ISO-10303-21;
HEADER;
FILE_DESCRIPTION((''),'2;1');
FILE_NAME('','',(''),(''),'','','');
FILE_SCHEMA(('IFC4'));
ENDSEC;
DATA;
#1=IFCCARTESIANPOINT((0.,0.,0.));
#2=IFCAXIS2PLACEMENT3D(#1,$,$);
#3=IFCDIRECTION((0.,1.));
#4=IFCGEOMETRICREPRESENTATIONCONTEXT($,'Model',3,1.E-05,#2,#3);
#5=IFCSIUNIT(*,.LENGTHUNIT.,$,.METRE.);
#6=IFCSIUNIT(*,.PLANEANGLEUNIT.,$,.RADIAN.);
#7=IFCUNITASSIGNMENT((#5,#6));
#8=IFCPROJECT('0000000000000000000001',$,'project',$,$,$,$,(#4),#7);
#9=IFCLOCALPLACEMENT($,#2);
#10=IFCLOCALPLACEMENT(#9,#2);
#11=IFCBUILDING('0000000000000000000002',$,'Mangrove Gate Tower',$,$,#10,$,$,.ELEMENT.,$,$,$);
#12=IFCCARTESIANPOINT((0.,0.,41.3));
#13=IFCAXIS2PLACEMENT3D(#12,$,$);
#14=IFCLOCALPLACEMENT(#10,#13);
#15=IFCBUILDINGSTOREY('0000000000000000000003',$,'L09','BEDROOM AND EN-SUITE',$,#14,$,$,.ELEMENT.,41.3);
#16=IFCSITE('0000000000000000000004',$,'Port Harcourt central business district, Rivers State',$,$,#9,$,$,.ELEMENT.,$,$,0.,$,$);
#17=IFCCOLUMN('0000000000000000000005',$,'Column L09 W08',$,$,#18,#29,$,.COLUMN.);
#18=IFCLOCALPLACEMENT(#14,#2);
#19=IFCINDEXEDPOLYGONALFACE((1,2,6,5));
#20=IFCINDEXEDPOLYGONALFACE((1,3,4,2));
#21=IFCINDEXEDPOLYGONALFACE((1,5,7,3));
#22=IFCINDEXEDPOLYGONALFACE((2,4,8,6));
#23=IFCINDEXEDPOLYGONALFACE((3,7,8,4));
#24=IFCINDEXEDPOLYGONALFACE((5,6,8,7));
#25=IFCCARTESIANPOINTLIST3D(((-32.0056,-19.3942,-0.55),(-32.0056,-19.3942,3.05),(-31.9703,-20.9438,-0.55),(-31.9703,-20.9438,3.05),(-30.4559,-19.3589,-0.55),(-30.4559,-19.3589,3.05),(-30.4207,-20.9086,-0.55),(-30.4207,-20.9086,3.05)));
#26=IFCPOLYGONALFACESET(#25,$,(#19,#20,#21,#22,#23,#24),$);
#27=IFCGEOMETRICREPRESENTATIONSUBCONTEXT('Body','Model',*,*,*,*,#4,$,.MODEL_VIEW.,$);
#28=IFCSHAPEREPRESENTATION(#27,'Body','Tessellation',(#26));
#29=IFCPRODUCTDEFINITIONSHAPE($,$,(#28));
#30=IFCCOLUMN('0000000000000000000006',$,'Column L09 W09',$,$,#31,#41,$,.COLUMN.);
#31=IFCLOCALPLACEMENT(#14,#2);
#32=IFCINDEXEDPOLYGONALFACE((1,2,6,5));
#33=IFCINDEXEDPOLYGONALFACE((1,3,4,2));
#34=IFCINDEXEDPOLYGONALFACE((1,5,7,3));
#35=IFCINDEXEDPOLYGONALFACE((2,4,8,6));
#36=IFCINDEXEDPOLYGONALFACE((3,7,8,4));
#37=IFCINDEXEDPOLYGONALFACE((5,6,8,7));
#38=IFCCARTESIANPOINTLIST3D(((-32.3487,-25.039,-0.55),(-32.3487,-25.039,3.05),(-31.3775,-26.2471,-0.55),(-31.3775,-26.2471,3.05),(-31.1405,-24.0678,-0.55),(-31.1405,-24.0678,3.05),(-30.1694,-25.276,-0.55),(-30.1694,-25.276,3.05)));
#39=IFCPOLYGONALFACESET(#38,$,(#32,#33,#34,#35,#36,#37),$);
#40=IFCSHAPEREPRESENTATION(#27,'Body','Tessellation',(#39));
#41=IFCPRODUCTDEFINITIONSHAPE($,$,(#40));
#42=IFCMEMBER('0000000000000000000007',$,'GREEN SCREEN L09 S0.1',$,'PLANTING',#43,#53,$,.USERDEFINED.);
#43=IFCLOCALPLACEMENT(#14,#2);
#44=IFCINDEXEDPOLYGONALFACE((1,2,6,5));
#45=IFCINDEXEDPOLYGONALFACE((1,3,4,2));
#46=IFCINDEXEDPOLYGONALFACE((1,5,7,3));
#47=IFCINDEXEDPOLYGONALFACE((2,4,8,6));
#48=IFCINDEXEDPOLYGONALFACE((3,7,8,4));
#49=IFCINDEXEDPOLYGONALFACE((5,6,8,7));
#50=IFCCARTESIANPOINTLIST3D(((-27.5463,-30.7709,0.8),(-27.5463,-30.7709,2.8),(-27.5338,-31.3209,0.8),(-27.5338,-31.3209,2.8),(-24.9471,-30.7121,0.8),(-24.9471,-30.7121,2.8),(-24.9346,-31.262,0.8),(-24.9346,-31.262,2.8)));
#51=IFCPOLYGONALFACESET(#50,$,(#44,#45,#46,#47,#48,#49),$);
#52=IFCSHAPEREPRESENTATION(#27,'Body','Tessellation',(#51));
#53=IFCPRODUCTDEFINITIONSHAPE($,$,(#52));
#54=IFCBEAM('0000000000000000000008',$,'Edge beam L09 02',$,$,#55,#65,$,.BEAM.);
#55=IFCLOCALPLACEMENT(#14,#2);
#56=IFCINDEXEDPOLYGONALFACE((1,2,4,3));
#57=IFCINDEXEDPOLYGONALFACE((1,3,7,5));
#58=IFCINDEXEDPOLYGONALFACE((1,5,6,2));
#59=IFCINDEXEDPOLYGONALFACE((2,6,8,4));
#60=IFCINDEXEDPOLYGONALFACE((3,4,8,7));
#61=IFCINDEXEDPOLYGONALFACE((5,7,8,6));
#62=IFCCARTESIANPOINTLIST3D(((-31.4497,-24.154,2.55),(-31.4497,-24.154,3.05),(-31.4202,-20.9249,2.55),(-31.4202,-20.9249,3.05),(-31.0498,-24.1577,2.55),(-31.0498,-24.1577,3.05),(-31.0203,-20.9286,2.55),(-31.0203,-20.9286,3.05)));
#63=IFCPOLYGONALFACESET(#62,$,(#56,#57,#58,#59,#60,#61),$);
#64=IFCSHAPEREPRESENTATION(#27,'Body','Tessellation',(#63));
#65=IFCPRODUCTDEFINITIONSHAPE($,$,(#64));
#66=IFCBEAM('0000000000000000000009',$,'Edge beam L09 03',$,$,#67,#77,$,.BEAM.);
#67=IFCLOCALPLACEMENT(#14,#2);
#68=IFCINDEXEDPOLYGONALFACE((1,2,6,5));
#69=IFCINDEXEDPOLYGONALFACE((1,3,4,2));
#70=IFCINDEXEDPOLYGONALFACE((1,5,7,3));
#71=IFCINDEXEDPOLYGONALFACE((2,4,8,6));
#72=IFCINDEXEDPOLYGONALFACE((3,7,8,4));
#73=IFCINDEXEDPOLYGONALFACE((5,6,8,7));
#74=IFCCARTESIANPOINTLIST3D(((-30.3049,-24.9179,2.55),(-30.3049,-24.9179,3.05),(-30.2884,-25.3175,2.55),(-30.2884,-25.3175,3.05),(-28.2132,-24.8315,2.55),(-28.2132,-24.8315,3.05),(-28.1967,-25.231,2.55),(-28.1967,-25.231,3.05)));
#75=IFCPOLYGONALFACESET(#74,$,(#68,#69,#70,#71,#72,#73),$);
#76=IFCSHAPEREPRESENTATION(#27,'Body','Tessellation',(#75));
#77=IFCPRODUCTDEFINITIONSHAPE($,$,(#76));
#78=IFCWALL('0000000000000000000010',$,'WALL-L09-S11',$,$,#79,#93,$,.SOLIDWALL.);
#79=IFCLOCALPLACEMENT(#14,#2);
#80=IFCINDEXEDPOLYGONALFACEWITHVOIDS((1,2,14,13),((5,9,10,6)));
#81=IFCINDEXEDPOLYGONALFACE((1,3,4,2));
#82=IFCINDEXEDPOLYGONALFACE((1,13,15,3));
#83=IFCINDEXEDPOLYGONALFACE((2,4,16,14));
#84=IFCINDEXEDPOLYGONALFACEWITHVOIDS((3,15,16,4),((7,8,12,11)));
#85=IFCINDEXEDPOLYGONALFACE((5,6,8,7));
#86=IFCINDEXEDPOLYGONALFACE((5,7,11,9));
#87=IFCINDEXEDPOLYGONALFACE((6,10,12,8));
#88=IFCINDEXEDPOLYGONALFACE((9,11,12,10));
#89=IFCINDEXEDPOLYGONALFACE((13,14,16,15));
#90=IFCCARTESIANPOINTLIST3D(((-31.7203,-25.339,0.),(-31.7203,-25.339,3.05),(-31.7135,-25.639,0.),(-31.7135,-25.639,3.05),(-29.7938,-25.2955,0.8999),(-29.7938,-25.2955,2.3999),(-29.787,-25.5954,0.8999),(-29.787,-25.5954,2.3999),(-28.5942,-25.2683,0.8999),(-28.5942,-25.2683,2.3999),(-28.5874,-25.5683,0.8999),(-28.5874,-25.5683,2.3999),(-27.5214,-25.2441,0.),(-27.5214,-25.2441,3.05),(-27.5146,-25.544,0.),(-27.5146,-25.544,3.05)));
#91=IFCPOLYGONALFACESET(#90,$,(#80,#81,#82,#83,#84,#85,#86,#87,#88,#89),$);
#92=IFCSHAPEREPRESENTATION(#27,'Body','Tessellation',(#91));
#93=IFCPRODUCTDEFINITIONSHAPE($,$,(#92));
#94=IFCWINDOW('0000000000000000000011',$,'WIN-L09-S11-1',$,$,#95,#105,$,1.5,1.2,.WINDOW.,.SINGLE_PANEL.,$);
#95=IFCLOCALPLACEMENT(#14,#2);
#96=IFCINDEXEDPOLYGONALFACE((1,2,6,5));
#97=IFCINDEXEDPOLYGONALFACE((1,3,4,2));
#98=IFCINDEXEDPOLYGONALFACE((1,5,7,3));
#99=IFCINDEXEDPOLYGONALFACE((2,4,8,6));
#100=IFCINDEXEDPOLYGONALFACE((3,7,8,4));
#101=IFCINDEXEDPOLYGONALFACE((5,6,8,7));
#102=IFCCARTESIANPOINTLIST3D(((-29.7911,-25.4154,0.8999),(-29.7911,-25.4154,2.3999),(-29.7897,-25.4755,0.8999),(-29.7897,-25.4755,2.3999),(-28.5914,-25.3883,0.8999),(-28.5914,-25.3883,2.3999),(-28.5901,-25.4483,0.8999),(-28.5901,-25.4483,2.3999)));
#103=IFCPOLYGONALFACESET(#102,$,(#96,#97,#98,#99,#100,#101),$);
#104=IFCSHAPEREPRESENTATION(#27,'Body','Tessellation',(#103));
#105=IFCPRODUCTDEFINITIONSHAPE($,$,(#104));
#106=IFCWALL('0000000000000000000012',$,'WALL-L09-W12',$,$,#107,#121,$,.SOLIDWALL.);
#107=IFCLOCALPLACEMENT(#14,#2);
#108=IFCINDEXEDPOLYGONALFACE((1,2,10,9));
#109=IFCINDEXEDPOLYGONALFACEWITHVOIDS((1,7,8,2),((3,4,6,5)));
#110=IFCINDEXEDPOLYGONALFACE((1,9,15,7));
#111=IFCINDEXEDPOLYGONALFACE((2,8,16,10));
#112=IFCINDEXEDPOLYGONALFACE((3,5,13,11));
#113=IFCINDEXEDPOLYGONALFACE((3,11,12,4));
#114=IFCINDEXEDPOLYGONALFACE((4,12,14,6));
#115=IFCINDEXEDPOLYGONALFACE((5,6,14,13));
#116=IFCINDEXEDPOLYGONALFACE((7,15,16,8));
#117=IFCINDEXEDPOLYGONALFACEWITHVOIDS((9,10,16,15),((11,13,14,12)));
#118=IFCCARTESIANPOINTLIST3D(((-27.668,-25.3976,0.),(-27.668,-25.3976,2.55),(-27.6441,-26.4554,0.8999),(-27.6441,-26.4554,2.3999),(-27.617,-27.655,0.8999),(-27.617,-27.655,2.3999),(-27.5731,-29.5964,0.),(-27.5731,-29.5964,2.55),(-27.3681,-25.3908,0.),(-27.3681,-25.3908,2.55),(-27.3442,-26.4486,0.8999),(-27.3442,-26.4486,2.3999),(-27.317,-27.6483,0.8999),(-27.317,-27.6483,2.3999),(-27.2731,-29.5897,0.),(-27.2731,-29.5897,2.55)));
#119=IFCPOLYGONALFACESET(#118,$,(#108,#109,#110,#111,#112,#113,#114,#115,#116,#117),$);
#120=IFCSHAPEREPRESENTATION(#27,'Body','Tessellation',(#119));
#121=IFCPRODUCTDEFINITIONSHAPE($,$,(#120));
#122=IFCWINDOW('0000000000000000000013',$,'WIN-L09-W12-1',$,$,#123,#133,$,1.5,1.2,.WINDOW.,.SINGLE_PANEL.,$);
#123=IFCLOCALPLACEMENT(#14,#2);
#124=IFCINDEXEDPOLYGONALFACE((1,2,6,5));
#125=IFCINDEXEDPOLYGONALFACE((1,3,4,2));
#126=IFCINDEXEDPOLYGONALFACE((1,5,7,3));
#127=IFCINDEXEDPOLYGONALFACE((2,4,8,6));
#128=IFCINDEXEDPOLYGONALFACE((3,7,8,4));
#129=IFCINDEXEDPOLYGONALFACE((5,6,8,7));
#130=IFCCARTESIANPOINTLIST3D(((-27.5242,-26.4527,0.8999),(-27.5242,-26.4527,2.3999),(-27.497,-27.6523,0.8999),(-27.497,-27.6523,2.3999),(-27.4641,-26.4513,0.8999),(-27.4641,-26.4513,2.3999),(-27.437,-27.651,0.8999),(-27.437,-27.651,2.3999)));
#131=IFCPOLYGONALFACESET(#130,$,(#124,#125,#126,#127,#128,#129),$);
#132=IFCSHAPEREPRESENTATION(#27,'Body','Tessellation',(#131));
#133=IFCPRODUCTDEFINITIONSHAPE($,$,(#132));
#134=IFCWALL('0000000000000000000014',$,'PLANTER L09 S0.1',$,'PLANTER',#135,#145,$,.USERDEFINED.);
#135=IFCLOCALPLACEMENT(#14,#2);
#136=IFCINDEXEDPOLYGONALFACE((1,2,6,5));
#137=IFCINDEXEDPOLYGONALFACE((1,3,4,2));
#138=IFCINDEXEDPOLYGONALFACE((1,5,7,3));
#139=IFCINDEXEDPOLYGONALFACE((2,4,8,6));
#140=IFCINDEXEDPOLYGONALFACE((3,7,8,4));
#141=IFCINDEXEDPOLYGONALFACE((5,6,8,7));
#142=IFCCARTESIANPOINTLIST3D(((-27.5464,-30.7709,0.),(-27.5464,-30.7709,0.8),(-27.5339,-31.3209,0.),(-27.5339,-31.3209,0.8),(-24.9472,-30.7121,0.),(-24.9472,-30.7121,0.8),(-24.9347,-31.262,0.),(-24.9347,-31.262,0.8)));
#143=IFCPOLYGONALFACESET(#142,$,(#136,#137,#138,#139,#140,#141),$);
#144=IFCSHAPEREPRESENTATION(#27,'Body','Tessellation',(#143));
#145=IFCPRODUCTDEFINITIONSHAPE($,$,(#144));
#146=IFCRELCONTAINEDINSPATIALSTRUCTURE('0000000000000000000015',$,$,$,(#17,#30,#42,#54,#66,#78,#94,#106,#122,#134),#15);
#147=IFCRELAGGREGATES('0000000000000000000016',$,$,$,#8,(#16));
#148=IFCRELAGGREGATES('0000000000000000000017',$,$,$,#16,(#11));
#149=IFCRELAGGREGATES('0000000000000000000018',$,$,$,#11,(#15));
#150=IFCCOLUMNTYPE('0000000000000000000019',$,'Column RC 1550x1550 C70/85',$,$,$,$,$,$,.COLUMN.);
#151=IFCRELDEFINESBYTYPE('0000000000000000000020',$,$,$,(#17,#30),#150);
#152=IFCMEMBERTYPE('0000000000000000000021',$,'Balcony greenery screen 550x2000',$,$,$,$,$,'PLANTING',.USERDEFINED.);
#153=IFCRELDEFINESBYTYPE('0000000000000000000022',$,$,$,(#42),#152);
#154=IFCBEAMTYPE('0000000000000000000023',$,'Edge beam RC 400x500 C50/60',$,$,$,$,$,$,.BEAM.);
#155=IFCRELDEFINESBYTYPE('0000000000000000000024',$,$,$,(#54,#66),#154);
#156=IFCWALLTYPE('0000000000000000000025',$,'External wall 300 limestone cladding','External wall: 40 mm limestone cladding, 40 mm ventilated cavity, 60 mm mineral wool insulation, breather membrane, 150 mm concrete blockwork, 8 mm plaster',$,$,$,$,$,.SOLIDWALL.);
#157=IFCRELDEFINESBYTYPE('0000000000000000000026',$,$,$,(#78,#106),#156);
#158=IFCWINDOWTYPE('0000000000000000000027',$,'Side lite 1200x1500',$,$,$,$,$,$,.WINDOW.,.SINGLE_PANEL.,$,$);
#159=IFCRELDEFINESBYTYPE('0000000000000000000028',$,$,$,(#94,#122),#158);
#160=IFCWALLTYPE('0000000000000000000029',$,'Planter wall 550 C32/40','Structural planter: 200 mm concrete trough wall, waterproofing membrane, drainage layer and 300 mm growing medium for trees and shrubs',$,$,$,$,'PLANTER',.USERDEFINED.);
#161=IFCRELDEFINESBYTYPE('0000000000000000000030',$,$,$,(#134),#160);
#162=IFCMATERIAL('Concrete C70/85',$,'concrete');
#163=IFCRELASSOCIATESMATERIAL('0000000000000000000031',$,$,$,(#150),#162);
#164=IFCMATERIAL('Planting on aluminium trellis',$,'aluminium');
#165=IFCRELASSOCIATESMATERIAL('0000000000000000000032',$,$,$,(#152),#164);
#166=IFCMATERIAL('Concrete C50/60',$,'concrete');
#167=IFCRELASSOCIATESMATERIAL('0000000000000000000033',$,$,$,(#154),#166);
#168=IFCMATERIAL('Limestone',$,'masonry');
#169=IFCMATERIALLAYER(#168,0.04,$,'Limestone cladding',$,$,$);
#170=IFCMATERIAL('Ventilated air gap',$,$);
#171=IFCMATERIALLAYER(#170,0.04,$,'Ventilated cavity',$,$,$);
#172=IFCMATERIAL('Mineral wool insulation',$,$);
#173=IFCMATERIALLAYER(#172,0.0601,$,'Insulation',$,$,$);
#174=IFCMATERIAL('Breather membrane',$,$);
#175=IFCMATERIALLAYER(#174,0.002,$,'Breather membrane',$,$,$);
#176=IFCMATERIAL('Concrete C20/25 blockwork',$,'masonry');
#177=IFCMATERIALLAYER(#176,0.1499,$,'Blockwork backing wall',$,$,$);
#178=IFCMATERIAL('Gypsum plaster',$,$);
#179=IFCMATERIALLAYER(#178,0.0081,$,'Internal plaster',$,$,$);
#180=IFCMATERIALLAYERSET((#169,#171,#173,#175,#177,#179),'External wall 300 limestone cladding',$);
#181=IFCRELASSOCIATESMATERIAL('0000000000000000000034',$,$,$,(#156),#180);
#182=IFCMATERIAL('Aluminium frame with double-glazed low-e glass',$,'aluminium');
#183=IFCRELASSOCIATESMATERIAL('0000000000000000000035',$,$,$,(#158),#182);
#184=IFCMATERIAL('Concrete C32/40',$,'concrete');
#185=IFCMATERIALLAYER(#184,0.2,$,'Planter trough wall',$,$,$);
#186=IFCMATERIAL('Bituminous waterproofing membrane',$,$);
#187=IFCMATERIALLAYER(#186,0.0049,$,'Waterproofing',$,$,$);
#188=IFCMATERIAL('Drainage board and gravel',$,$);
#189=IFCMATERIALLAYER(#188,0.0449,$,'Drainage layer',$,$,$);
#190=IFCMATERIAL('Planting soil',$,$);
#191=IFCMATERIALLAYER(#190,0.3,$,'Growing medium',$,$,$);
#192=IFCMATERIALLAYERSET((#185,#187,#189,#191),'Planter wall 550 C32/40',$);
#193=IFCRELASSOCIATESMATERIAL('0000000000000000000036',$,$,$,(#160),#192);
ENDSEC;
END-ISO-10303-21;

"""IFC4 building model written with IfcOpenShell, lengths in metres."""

from ifc_helpers import new_model, si_unit, direction, frame, frame_2d, origin, origin_2d, place, context, subcontext, project, spatial, rectangle, extrude, material, layer, layer_set, material_profile, profile_set, type_object, element, fill, save


model = new_model("IFC4")

# Units and contexts
model_context = context("Model", 3, precision=1e-05, world=origin(), true_north=direction((0.0, 1.0)))
body_context = subcontext(model_context, "Body", "Model", "MODEL_VIEW")
ifc_project = project(units=[si_unit("LENGTHUNIT", "METRE"), si_unit("PLANEANGLEUNIT", "RADIAN")], contexts=[model_context])

# Site, building, storey
site_placement = place(None, origin())
site = spatial("IfcSite", under=ifc_project, at=site_placement, Name="Port Harcourt central business district, Rivers State", CompositionType="ELEMENT", RefElevation=0.0)
building_placement = place(site_placement, origin())
building = spatial("IfcBuilding", under=site, at=building_placement, Name="Mangrove Gate Tower", CompositionType="ELEMENT")
storey_placement = place(building_placement, frame((0.0, 0.0, 41.3)))
storey = spatial("IfcBuildingStorey", under=building, at=storey_placement, Name="L09", Description="BEDROOM AND EN-SUITE", CompositionType="ELEMENT", Elevation=41.3)

# Columns
ifc_material_1 = material(Name="Concrete C70/85", Category="concrete")
ifc_material_profile_1 = material_profile(ifc_material_1, rectangle(XDim=1.55, YDim=1.55, at=origin_2d()))
ifc_profile_set_1 = profile_set([ifc_material_profile_1], Name="Concrete C70/85")
column_type = type_object("IfcColumnType", Name="Column RC 1550x1550 C70/85", PredefinedType="COLUMN", material=ifc_profile_set_1)
for number, where, z_axis, x_axis, name in (
    (1, (-31.2131, -20.1514, -0.55), (0.0, 0.0, 1.0), (0.02274, -0.999741, 0.0), "Column L09 W08"),
    (2, (-31.259, -25.1575, -0.55), (0.0, 0.0, 1.0), (0.626514, -0.77941, 0.0), "Column L09 W09"),
):
    element("IfcColumn", number, at=place(storey_placement, frame(where, z_axis=z_axis, x_axis=x_axis)), inside=storey, type_object=column_type, Name=name, PredefinedType="COLUMN", context=body_context, shape_type="SweptSolid", body=[
        extrude(rectangle(XDim=1.55, YDim=1.55, at=origin_2d()), origin(), (0.0, 0.0, 1.0), 3.6001),
    ])

# Member
ifc_material_2 = material(Name="Planting on aluminium trellis", Category="aluminium")
ifc_material_profile_2 = material_profile(ifc_material_2, rectangle(XDim=0.55, YDim=2.0, at=origin_2d()))
ifc_profile_set_2 = profile_set([ifc_material_profile_2], Name="Planting on aluminium trellis")
member_type = type_object("IfcMemberType", Name="Balcony greenery screen 550x2000", ElementType="PLANTING", PredefinedType="USERDEFINED", material=ifc_profile_set_2)
member_placement = place(storey_placement, frame((-27.54, -31.0459, 1.8), z_axis=(0.999744, 0.022632, 0.0), x_axis=(-0.022632, 0.999744, 0.0)))
element("IfcMember", 3, at=member_placement, inside=storey, type_object=member_type, Name="GREEN SCREEN L09 S0.1", ObjectType="PLANTING", PredefinedType="USERDEFINED", context=body_context, shape_type="SweptSolid", body=[
    extrude(rectangle(XDim=0.55, YDim=2.0, at=origin_2d()), origin(), (0.0, 0.0, 1.0), 2.5999),
])

# Beams
ifc_material_3 = material(Name="Concrete C50/60", Category="concrete")
ifc_material_profile_3 = material_profile(ifc_material_3, rectangle(XDim=0.3999, YDim=0.5, at=origin_2d()))
ifc_profile_set_3 = profile_set([ifc_material_profile_3], Name="Concrete C50/60")
beam_type = type_object("IfcBeamType", Name="Edge beam RC 400x500 C50/60", PredefinedType="BEAM", material=ifc_profile_set_3)
beam_1_placement = place(storey_placement, frame((-31.2202, -20.9268, 2.8), z_axis=(-0.009148, -0.999958, 0.0), x_axis=(0.999958, -0.009148, 0.0)))
element("IfcBeam", 4, at=beam_1_placement, inside=storey, type_object=beam_type, Name="Edge beam L09 02", PredefinedType="BEAM", context=body_context, shape_type="SweptSolid", body=[
    extrude(rectangle(XDim=0.3999, YDim=0.5, at=origin_2d()), origin(), (0.0, 0.0, 1.0), 3.2292),
])
beam_2_placement = place(storey_placement, frame((-30.2966, -25.1177, 2.8), z_axis=(0.999148, 0.041281, 0.0), x_axis=(-0.041281, 0.999148, 0.0)))
element("IfcBeam", 5, at=beam_2_placement, inside=storey, type_object=beam_type, Name="Edge beam L09 03", PredefinedType="BEAM", context=body_context, shape_type="SweptSolid", body=[
    extrude(rectangle(XDim=0.3999, YDim=0.5, at=origin_2d()), origin(), (0.0, 0.0, 1.0), 2.0935),
])

# Walls, openings, windows
ifc_material_4 = material(Name="Limestone", Category="masonry")
ifc_layer_1 = layer(ifc_material_4, 0.04, Name="Limestone cladding")
ifc_material_5 = material(Name="Ventilated air gap")
ifc_layer_2 = layer(ifc_material_5, 0.04, Name="Ventilated cavity")
ifc_material_6 = material(Name="Mineral wool insulation")
ifc_layer_3 = layer(ifc_material_6, 0.0601, Name="Insulation")
ifc_material_7 = material(Name="Breather membrane")
ifc_layer_4 = layer(ifc_material_7, 0.002, Name="Breather membrane")
ifc_material_8 = material(Name="Concrete C20/25 blockwork", Category="masonry")
ifc_layer_5 = layer(ifc_material_8, 0.1499, Name="Blockwork backing wall")
ifc_material_9 = material(Name="Gypsum plaster")
ifc_layer_6 = layer(ifc_material_9, 0.0081, Name="Internal plaster")
ifc_layer_set_1 = layer_set([ifc_layer_1, ifc_layer_2, ifc_layer_3, ifc_layer_4, ifc_layer_5, ifc_layer_6], Name="External wall 300 limestone cladding")
wall_type_1 = type_object("IfcWallType", Name="External wall 300 limestone cladding", Description="External wall: 40 mm limestone cladding, 40 mm ventilated cavity, 60 mm mineral wool insulation, breather membrane, 150 mm concrete blockwork, 8 mm plaster", PredefinedType="SOLIDWALL", material=ifc_layer_set_1)
wall_1_placement = place(storey_placement, frame((-31.717, -25.489, 0.0), z_axis=(0.0, 0.0, 1.0), x_axis=(0.999744, 0.022612, 0.0)))
wall_1 = element("IfcWall", 6, at=wall_1_placement, inside=storey, type_object=wall_type_1, Name="WALL-L09-S11", PredefinedType="SOLIDWALL", context=body_context, shape_type="SweptSolid", body=[
    extrude(rectangle(XDim=4.2, YDim=0.3, at=frame_2d((2.1001, 0.0))), origin(), (0.0, 0.0, 1.0), 3.05),
])
opening_1_placement = place(wall_1_placement, frame((1.927, 0.0, 0.8999)))
opening_1 = element("IfcOpeningElement", 7, at=opening_1_placement, cuts=wall_1, PredefinedType="OPENING", context=body_context, shape_type="SweptSolid", body=[
    extrude(rectangle(XDim=1.2, YDim=1.5, at=frame_2d((0.6001, 0.75))), frame((0.0, 0.1599, 0.0), z_axis=(0.0, -1.0, 0.0), x_axis=(1.0, 0.0, 0.0)), (0.0, 0.0, 1.0), 0.3201),
])
ifc_material_10 = material(Name="Aluminium frame with double-glazed low-e glass", Category="aluminium")
window_type = type_object("IfcWindowType", Name="Side lite 1200x1500", PartitioningType="SINGLE_PANEL", PredefinedType="WINDOW", material=ifc_material_10)
window_1_placement = place(opening_1_placement, origin())
window_1 = element("IfcWindow", 8, at=window_1_placement, inside=storey, type_object=window_type, Name="WIN-L09-S11-1", OverallHeight=1.5, OverallWidth=1.2, PartitioningType="SINGLE_PANEL", PredefinedType="WINDOW", context=body_context, shape_type="SweptSolid", body=[
    extrude(rectangle(XDim=1.2, YDim=1.5, at=frame_2d((0.6001, 0.75))), frame((0.0, 0.03, 0.0), z_axis=(0.0, -1.0, 0.0), x_axis=(1.0, 0.0, 0.0)), (0.0, 0.0, 1.0), 0.0601),
])
fill(opening_1, window_1)
wall_2_placement = place(storey_placement, frame((-27.5181, -25.394, 0.0), z_axis=(0.0, 0.0, 1.0), x_axis=(0.022612, -0.999744, 0.0)))
wall_2 = element("IfcWall", 9, at=wall_2_placement, inside=storey, type_object=wall_type_1, Name="WALL-L09-W12", PredefinedType="SOLIDWALL", context=body_context, shape_type="SweptSolid", body=[
    extrude(rectangle(XDim=4.2, YDim=0.3, at=frame_2d((2.1001, 0.0))), origin(), (0.0, 0.0, 1.0), 2.55),
])
opening_2_placement = place(wall_2_placement, frame((1.0581, 0.0, 0.8999)))
opening_2 = element("IfcOpeningElement", 10, at=opening_2_placement, cuts=wall_2, PredefinedType="OPENING", context=body_context, shape_type="SweptSolid", body=[
    extrude(rectangle(XDim=1.2, YDim=1.5, at=frame_2d((0.6001, 0.75))), frame((0.0, 0.1599, 0.0), z_axis=(0.0, -1.0, 0.0), x_axis=(1.0, 0.0, 0.0)), (0.0, 0.0, 1.0), 0.3201),
])
window_2_placement = place(opening_2_placement, origin())
window_2 = element("IfcWindow", 11, at=window_2_placement, inside=storey, type_object=window_type, Name="WIN-L09-W12-1", OverallHeight=1.5, OverallWidth=1.2, PartitioningType="SINGLE_PANEL", PredefinedType="WINDOW", context=body_context, shape_type="SweptSolid", body=[
    extrude(rectangle(XDim=1.2, YDim=1.5, at=frame_2d((0.6001, 0.75))), frame((0.0, 0.03, 0.0), z_axis=(0.0, -1.0, 0.0), x_axis=(1.0, 0.0, 0.0)), (0.0, 0.0, 1.0), 0.0601),
])
fill(opening_2, window_2)

# Wall
ifc_material_11 = material(Name="Concrete C32/40", Category="concrete")
ifc_layer_7 = layer(ifc_material_11, 0.2, Name="Planter trough wall")
ifc_material_12 = material(Name="Bituminous waterproofing membrane")
ifc_layer_8 = layer(ifc_material_12, 0.0049, Name="Waterproofing")
ifc_material_13 = material(Name="Drainage board and gravel")
ifc_layer_9 = layer(ifc_material_13, 0.0449, Name="Drainage layer")
ifc_material_14 = material(Name="Planting soil")
ifc_layer_10 = layer(ifc_material_14, 0.3, Name="Growing medium")
ifc_layer_set_2 = layer_set([ifc_layer_7, ifc_layer_8, ifc_layer_9, ifc_layer_10], Name="Planter wall 550 C32/40")
wall_type_2 = type_object("IfcWallType", Name="Planter wall 550 C32/40", Description="Structural planter: 200 mm concrete trough wall, waterproofing membrane, drainage layer and 300 mm growing medium for trees and shrubs", ElementType="PLANTER", PredefinedType="USERDEFINED", material=ifc_layer_set_2)
wall_3_placement = place(storey_placement, frame((-27.54, -31.0459, 0.0), z_axis=(0.0, 0.0, 1.0), x_axis=(0.999744, 0.022632, 0.0)))
element("IfcWall", 12, at=wall_3_placement, inside=storey, type_object=wall_type_2, Name="PLANTER L09 S0.1", ObjectType="PLANTER", PredefinedType="USERDEFINED", context=body_context, shape_type="SweptSolid", body=[
    extrude(rectangle(XDim=2.5999, YDim=0.55, at=frame_2d((1.2998, 0.0))), origin(), (0.0, 0.0, 1.0), 0.8),
])

save(model, "model.ifc")
